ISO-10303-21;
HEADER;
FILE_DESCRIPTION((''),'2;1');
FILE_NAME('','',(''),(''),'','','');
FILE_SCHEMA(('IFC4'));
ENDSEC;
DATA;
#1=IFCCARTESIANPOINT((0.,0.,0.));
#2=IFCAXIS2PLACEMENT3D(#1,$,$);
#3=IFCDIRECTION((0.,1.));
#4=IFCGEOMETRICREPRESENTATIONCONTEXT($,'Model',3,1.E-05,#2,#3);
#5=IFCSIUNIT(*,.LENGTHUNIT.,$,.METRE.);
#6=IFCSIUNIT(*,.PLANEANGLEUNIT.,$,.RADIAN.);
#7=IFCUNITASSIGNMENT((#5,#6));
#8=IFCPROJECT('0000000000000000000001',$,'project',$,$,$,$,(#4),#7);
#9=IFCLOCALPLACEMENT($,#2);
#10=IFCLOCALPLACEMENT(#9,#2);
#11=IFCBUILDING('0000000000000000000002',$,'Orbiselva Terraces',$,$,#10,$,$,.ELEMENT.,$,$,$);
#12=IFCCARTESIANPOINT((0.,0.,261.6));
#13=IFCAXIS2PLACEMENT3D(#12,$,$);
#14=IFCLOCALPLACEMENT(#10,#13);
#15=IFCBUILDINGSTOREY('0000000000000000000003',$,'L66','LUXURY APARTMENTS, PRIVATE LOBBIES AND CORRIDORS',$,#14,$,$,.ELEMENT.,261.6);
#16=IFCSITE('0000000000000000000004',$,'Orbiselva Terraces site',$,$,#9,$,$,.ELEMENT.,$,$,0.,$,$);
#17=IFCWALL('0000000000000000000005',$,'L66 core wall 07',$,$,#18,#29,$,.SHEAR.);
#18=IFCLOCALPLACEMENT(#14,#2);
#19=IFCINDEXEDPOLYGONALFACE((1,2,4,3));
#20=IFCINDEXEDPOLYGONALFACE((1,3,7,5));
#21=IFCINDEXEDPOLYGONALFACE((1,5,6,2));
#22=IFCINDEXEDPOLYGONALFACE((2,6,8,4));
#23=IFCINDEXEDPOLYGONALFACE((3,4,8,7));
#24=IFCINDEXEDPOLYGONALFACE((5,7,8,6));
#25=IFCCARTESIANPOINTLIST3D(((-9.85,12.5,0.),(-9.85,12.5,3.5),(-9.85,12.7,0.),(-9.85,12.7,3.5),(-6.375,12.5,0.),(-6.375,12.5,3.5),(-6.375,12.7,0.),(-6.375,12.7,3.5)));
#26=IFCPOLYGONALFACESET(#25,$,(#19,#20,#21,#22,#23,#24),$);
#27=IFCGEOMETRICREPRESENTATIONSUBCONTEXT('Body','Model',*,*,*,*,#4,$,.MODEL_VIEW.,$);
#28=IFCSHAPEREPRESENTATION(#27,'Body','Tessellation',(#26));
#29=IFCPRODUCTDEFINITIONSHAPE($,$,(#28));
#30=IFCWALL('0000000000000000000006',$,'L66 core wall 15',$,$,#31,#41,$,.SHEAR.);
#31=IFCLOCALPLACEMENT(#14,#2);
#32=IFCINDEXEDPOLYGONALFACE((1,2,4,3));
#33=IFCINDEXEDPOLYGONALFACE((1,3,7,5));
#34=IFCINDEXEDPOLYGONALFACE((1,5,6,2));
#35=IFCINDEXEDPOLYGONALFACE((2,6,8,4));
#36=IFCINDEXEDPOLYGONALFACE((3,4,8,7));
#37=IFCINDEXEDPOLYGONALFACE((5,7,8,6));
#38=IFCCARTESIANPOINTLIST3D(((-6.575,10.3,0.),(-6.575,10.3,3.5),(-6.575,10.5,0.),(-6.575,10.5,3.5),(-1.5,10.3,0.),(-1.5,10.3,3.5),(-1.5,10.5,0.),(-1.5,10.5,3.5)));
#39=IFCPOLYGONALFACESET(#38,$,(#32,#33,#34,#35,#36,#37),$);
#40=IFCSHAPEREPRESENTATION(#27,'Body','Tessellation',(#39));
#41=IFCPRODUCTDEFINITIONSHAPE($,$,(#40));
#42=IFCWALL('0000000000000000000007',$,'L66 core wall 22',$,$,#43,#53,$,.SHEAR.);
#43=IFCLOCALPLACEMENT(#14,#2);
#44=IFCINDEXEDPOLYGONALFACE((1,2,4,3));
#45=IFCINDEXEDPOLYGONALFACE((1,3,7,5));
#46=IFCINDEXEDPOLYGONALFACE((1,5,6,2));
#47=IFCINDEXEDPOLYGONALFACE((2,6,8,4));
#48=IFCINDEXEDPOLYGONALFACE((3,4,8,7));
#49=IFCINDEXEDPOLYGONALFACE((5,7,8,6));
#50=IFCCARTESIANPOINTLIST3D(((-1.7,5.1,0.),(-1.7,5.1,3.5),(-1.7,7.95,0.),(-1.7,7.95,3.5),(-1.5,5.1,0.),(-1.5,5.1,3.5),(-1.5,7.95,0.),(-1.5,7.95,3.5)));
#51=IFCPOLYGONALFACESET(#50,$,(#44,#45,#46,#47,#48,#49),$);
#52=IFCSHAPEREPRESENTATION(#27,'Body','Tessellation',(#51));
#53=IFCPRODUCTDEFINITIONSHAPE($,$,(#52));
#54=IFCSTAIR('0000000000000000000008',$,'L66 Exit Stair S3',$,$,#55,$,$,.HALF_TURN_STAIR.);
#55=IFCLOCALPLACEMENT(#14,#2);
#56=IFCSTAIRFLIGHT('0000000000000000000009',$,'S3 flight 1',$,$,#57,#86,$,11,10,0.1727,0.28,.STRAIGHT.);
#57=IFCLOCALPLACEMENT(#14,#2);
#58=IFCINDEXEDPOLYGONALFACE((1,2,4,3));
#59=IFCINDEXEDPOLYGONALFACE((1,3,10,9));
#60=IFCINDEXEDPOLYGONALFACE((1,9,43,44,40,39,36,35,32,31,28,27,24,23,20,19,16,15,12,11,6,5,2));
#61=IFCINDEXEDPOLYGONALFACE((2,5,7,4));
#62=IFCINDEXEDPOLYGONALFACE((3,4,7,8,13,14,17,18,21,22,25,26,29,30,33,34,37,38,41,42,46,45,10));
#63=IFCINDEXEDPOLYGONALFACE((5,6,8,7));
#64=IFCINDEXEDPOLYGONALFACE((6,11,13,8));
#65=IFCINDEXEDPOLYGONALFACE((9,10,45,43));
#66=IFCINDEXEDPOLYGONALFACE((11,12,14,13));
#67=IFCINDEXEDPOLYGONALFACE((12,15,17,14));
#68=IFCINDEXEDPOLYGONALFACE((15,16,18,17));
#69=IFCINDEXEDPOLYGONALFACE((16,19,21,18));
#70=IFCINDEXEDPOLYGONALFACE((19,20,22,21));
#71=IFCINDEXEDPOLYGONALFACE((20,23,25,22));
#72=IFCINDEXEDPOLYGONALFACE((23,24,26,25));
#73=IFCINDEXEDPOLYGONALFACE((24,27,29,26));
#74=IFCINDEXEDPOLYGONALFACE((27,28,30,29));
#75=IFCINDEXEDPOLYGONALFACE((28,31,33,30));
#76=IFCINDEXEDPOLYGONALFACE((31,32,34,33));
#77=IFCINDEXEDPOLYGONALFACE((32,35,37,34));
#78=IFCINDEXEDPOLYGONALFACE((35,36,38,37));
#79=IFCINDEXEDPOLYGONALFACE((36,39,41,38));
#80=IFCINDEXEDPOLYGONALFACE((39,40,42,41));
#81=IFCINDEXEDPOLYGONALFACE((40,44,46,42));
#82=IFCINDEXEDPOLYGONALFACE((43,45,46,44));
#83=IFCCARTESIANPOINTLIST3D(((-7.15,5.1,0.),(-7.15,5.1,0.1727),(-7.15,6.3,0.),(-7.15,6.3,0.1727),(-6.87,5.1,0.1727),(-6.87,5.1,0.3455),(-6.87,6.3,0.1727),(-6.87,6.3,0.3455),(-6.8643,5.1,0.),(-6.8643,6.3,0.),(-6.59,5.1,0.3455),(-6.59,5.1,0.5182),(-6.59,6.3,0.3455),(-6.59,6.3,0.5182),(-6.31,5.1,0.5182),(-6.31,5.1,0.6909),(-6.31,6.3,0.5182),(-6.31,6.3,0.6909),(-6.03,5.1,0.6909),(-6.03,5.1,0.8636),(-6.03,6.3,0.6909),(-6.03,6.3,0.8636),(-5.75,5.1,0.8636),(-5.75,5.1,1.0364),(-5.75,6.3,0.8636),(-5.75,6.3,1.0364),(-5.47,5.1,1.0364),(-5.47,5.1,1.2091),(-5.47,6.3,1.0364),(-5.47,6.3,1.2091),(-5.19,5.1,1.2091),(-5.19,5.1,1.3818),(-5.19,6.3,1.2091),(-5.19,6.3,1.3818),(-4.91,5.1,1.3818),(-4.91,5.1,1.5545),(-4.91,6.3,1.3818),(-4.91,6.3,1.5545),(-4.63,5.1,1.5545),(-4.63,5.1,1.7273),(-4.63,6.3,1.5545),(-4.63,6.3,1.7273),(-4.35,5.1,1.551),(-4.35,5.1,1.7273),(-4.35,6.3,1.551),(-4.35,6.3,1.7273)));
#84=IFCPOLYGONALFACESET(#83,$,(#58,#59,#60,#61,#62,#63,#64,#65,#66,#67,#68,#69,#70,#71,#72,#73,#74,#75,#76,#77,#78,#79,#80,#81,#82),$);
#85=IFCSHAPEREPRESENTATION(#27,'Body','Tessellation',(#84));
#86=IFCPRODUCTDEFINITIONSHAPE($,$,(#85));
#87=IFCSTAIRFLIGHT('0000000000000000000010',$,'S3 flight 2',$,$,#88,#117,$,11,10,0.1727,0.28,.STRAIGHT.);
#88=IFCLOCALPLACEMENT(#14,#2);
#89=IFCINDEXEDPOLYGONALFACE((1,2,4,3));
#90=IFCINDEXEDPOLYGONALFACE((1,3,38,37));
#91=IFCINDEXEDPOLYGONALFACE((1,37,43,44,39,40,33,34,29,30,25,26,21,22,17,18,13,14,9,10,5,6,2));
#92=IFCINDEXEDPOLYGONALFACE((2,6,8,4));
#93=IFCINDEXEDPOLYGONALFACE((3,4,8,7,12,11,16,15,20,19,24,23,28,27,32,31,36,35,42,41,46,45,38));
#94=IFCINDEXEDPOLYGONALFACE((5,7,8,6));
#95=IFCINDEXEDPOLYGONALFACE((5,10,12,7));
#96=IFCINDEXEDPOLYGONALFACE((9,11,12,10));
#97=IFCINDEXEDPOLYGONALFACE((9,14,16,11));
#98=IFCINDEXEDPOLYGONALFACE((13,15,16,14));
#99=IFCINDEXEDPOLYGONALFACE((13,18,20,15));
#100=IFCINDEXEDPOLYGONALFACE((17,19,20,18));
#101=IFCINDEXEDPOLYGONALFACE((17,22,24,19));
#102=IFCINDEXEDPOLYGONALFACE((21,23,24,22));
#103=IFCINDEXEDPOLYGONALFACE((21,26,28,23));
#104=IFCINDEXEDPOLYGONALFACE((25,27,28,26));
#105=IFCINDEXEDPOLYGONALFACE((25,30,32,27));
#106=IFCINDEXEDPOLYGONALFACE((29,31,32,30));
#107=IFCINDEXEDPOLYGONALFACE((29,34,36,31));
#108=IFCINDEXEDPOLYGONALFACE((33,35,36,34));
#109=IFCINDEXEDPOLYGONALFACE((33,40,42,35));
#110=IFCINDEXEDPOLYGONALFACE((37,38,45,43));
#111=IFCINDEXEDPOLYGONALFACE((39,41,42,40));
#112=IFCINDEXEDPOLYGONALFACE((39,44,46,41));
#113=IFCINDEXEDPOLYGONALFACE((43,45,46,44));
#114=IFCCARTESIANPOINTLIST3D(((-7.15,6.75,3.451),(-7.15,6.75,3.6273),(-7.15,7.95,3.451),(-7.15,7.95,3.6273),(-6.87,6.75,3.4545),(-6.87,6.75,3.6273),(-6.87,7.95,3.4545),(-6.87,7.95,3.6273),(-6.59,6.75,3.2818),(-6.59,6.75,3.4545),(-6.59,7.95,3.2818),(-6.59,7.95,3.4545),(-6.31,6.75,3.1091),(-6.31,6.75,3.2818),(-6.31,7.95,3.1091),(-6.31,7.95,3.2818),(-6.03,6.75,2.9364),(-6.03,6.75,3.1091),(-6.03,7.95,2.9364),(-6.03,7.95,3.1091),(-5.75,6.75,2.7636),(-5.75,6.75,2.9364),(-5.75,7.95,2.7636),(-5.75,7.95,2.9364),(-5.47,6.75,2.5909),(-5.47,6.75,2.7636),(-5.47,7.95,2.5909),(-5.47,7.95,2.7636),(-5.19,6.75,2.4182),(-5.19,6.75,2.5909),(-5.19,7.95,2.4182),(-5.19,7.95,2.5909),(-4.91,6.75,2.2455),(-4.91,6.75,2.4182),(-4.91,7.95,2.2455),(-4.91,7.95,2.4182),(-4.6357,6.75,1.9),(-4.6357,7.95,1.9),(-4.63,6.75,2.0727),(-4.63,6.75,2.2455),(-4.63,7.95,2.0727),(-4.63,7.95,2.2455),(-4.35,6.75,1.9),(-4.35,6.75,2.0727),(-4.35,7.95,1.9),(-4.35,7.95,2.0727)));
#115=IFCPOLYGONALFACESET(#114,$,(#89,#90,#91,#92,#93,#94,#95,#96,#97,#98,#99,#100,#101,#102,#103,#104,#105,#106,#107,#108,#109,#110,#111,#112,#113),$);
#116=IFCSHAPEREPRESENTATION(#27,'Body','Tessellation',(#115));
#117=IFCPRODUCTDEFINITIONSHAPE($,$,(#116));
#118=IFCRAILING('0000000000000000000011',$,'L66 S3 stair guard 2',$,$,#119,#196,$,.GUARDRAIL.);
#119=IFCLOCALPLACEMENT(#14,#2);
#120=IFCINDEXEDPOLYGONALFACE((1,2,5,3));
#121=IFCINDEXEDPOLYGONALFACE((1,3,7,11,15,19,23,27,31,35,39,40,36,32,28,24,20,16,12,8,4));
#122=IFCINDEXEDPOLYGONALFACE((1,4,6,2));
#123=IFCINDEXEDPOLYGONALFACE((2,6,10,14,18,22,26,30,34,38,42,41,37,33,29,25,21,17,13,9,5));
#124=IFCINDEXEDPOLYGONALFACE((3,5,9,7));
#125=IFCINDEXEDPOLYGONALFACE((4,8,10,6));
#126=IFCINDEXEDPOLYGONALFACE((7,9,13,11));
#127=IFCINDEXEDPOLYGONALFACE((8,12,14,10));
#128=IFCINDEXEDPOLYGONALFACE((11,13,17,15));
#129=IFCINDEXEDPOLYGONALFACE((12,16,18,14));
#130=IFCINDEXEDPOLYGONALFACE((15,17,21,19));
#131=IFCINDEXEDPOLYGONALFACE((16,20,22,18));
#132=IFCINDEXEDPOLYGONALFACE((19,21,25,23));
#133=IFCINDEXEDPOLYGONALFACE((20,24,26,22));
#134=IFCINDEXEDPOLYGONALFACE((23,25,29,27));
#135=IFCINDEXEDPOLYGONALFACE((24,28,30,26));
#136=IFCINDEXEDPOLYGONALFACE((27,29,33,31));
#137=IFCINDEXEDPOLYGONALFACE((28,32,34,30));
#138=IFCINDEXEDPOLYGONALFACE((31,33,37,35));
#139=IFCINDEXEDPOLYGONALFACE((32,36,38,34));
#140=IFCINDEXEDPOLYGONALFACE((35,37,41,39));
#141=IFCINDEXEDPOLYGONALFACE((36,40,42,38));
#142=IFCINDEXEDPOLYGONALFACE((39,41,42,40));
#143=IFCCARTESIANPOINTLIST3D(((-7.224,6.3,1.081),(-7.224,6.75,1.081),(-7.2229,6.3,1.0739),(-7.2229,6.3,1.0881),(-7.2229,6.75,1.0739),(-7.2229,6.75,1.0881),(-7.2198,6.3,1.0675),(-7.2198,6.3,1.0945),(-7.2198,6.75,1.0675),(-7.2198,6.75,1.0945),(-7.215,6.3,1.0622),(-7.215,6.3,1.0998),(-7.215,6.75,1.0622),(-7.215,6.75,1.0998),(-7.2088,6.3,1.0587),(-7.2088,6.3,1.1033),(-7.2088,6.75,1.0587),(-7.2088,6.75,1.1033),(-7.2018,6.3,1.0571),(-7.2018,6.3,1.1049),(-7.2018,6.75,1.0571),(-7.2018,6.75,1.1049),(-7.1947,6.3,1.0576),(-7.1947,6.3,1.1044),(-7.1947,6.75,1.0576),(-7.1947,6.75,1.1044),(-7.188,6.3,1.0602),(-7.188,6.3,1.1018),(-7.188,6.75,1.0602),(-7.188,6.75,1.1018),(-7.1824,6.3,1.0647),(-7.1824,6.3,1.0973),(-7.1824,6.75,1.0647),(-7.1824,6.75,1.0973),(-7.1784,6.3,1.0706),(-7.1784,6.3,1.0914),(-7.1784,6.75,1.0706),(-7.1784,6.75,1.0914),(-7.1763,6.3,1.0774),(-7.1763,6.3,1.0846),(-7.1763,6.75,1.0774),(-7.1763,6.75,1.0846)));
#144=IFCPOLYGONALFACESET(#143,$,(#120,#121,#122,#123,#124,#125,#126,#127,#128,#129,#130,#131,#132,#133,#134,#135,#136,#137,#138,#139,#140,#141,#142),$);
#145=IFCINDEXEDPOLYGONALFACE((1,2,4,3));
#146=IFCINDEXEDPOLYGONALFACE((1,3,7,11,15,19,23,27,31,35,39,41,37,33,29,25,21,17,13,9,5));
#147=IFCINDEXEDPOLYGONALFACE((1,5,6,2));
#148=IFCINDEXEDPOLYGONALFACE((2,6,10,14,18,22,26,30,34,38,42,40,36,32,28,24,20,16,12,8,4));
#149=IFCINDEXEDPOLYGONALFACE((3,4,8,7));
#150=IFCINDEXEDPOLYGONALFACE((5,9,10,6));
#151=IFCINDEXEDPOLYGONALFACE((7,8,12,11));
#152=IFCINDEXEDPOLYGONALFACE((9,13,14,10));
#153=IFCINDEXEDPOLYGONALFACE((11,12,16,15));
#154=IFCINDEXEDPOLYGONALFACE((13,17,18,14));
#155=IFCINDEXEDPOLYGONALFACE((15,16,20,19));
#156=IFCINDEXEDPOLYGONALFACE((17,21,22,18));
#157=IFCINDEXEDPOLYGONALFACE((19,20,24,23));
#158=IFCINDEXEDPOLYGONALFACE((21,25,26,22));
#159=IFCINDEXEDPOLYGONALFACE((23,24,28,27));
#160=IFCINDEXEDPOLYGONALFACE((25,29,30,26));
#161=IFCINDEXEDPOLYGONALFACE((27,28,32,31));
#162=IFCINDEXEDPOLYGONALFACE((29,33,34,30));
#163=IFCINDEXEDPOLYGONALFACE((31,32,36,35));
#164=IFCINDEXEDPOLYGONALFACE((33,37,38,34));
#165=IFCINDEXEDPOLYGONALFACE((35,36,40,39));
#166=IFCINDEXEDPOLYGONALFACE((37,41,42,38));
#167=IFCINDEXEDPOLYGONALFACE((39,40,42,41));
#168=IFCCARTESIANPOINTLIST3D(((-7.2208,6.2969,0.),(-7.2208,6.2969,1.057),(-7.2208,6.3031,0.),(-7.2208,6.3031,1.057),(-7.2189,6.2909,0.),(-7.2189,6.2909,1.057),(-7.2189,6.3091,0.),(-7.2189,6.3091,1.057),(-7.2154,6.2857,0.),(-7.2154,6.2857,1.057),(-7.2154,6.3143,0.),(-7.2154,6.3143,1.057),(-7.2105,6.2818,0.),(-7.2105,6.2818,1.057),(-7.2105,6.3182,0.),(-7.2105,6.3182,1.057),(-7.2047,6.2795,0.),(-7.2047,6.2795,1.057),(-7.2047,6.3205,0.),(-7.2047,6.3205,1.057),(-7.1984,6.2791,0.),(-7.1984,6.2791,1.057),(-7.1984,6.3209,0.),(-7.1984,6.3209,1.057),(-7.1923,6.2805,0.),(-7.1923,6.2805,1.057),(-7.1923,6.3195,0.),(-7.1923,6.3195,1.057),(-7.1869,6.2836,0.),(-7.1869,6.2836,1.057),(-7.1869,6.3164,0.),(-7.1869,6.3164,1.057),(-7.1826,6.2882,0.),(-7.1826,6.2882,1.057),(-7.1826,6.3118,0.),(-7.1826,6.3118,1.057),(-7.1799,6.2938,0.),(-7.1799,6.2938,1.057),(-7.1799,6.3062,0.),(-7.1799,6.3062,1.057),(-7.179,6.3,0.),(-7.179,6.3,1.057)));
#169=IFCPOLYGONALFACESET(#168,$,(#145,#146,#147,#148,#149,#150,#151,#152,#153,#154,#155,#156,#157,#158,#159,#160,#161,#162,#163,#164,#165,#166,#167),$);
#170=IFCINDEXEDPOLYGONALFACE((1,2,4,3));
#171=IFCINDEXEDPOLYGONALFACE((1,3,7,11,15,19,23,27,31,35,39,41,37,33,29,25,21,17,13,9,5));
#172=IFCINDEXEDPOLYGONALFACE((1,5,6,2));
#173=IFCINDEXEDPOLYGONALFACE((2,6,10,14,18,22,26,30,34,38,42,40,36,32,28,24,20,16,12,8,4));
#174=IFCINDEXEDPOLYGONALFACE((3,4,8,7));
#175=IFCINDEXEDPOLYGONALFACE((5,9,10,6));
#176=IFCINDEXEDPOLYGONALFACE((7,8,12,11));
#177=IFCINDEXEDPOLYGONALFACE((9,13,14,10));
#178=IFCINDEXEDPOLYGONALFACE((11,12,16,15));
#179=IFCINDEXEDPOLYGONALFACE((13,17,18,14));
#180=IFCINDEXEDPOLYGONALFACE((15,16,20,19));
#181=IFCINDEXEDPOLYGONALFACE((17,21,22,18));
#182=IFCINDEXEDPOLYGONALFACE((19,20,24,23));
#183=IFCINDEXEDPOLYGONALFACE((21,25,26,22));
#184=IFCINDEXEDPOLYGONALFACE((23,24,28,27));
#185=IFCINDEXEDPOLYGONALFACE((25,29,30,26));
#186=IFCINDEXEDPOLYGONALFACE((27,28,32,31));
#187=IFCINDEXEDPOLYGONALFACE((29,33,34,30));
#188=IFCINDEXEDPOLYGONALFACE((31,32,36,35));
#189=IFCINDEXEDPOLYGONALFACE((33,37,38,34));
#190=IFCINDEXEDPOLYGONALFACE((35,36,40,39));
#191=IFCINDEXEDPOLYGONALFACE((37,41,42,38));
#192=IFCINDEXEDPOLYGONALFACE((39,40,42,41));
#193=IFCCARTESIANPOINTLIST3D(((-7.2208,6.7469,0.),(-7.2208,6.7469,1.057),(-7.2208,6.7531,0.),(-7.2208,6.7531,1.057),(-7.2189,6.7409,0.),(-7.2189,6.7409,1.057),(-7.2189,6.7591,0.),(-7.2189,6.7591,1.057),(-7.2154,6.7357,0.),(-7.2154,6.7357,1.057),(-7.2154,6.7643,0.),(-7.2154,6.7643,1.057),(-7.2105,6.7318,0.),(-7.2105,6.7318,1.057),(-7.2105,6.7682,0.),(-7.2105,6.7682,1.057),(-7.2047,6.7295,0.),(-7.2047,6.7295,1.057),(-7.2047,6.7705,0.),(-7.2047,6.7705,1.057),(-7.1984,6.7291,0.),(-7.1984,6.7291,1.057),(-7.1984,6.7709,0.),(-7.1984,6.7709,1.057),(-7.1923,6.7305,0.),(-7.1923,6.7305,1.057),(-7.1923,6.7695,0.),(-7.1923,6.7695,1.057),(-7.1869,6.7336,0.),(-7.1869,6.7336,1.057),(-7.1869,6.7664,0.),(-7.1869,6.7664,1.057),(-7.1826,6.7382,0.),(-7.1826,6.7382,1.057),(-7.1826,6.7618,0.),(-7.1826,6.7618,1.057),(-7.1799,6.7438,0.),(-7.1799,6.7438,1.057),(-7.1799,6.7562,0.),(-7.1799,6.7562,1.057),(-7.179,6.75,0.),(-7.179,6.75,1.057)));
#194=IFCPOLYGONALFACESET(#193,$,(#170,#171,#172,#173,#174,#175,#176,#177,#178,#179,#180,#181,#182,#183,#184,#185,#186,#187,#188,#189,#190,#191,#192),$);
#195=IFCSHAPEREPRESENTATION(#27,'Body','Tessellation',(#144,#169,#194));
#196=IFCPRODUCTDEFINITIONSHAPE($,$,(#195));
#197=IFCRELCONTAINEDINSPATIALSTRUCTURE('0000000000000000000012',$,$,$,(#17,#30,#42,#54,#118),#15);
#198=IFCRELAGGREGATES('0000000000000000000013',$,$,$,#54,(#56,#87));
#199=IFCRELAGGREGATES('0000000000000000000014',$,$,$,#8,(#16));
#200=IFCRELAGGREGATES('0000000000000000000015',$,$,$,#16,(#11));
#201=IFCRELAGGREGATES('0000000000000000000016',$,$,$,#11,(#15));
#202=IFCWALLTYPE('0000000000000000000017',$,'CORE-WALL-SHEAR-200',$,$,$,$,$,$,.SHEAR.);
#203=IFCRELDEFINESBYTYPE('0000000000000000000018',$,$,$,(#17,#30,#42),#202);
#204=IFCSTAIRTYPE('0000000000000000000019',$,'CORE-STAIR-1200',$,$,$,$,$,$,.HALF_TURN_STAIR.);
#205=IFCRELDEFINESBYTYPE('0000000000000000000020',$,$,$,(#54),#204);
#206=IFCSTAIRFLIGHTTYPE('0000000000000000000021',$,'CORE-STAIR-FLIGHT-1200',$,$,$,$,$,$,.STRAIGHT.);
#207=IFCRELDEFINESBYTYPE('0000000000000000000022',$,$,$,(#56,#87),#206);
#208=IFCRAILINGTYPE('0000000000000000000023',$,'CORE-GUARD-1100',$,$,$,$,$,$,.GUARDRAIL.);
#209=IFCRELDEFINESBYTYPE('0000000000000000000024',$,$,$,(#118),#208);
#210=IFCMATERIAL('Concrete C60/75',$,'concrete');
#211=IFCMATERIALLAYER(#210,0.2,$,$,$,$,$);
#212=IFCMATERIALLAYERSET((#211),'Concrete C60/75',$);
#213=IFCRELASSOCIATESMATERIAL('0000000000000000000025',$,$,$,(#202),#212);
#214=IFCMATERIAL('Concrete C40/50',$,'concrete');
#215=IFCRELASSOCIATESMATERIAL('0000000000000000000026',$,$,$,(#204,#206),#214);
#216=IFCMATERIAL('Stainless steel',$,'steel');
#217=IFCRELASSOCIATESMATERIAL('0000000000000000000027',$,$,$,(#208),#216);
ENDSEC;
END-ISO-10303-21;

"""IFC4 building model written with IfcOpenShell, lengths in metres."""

from ifc_helpers import new_model, si_unit, direction, frame, frame_2d, origin, origin_2d, place, context, subcontext, project, spatial, polyline, rectangle, circle, outline, extrude, material, layer, layer_set, type_object, element, aggregate, save


model = new_model("IFC4")

# Units and contexts
model_context = context("Model", 3, precision=1e-05, world=origin(), true_north=direction((0.0, 1.0)))
body_context = subcontext(model_context, "Body", "Model", "MODEL_VIEW")
ifc_project = project(units=[si_unit("LENGTHUNIT", "METRE"), si_unit("PLANEANGLEUNIT", "RADIAN")], contexts=[model_context])

# Site, building, storey
site_placement = place(None, origin())
site = spatial("IfcSite", under=ifc_project, at=site_placement, Name="Orbiselva Terraces site", CompositionType="ELEMENT", RefElevation=0.0)
building_placement = place(site_placement, origin())
building = spatial("IfcBuilding", under=site, at=building_placement, Name="Orbiselva Terraces", CompositionType="ELEMENT")
storey_placement = place(building_placement, frame((0.0, 0.0, 261.6)))
storey = spatial("IfcBuildingStorey", under=building, at=storey_placement, Name="L66", Description="LUXURY APARTMENTS, PRIVATE LOBBIES AND CORRIDORS", CompositionType="ELEMENT", Elevation=261.6)

# Walls
ifc_material_1 = material(Name="Concrete C60/75", Category="concrete")
ifc_layer_1 = layer(ifc_material_1, 0.2)
ifc_layer_set_1 = layer_set([ifc_layer_1], Name="Concrete C60/75")
wall_type_1 = type_object("IfcWallType", Name="CORE-WALL-SHEAR-200", PredefinedType="SHEAR", material=ifc_layer_set_1)
wall_1_placement = place(storey_placement, frame((-9.85, 12.6, 0.0), z_axis=(0.0, 0.0, 1.0), x_axis=(1.0, 0.0, 0.0)))
element("IfcWall", 1, at=wall_1_placement, inside=storey, type_object=wall_type_1, Name="L66 core wall 07", PredefinedType="SHEAR", context=body_context, shape_type="SweptSolid", body=[
    extrude(rectangle(XDim=3.475, YDim=0.2, at=frame_2d((1.7375, 0.0))), origin(), (0.0, 0.0, 1.0), 3.5),
])
wall_2_placement = place(storey_placement, frame((-6.575, 10.4, 0.0), z_axis=(0.0, 0.0, 1.0), x_axis=(1.0, 0.0, 0.0)))
element("IfcWall", 2, at=wall_2_placement, inside=storey, type_object=wall_type_1, Name="L66 core wall 15", PredefinedType="SHEAR", context=body_context, shape_type="SweptSolid", body=[
    extrude(rectangle(XDim=5.075, YDim=0.2, at=frame_2d((2.5375, 0.0))), origin(), (0.0, 0.0, 1.0), 3.5),
])
wall_3_placement = place(storey_placement, frame((-1.6, 5.1, 0.0), z_axis=(0.0, 0.0, 1.0), x_axis=(0.0, 1.0, 0.0)))
element("IfcWall", 3, at=wall_3_placement, inside=storey, type_object=wall_type_1, Name="L66 core wall 22", PredefinedType="SHEAR", context=body_context, shape_type="SweptSolid", body=[
    extrude(rectangle(XDim=2.85, YDim=0.2, at=frame_2d((1.425, 0.0))), origin(), (0.0, 0.0, 1.0), 3.5),
])

# Stair, stair flights
ifc_material_2 = material(Name="Concrete C40/50", Category="concrete")
stair_type = type_object("IfcStairType", Name="CORE-STAIR-1200", PredefinedType="HALF_TURN_STAIR", material=ifc_material_2)
stair_placement = place(storey_placement, origin())
stair = element("IfcStair", 4, at=stair_placement, inside=storey, type_object=stair_type, Name="L66 Exit Stair S3", PredefinedType="HALF_TURN_STAIR")
stair_flight_type = type_object("IfcStairFlightType", Name="CORE-STAIR-FLIGHT-1200", PredefinedType="STRAIGHT", material=ifc_material_2)
stair_flight_1_placement = place(storey_placement, frame((-7.15, 5.7, 0.0), z_axis=(0.0, 0.0, 1.0), x_axis=(1.0, 0.0, 0.0)))
stair_flight_1 = element("IfcStairFlight", 5, at=stair_flight_1_placement, type_object=stair_flight_type, Name="S3 flight 1", NumberOfRisers=11, NumberOfTreads=10, PredefinedType="STRAIGHT", RiserHeight=0.1727, TreadLength=0.28, context=body_context, shape_type="SweptSolid", body=[
    extrude(outline(polyline([(0.0, 0.0), (0.0, 0.1727), (0.28, 0.1727), (0.28, 0.3455), (0.56, 0.3455), (0.56, 0.5182), (0.84, 0.5182), (0.84, 0.6909), (1.12, 0.6909), (1.12, 0.8636), (1.4, 0.8636), (1.4, 1.0364), (1.68, 1.0364), (1.68, 1.2091), (1.96, 1.2091), (1.96, 1.3818), (2.24, 1.3818), (2.24, 1.5545), (2.52, 1.5545), (2.52, 1.7273), (2.8, 1.7273), (2.8, 1.9), (2.8, 1.551), (0.2857, 0.0), (0.0, 0.0)])), frame((0.0, 0.6, 0.0), z_axis=(0.0, -1.0, 0.0), x_axis=(1.0, 0.0, 0.0)), (0.0, 0.0, 1.0), 1.2),
])
stair_flight_2_placement = place(storey_placement, frame((-4.35, 7.35, 1.9), z_axis=(0.0, 0.0, 1.0), x_axis=(-1.0, 0.0, 0.0)))
stair_flight_2 = element("IfcStairFlight", 6, at=stair_flight_2_placement, type_object=stair_flight_type, Name="S3 flight 2", NumberOfRisers=11, NumberOfTreads=10, PredefinedType="STRAIGHT", RiserHeight=0.1727, TreadLength=0.28, context=body_context, shape_type="SweptSolid", body=[
    extrude(outline(polyline([(0.0, 0.0), (0.0, 0.1727), (0.28, 0.1727), (0.28, 0.3455), (0.56, 0.3455), (0.56, 0.5182), (0.84, 0.5182), (0.84, 0.6909), (1.12, 0.6909), (1.12, 0.8636), (1.4, 0.8636), (1.4, 1.0364), (1.68, 1.0364), (1.68, 1.2091), (1.96, 1.2091), (1.96, 1.3818), (2.24, 1.3818), (2.24, 1.5545), (2.52, 1.5545), (2.52, 1.7273), (2.8, 1.7273), (2.8, 1.9), (2.8, 1.551), (0.2857, 0.0), (0.0, 0.0)])), frame((0.0, 0.6, 0.0), z_axis=(0.0, -1.0, 0.0), x_axis=(1.0, 0.0, 0.0)), (0.0, 0.0, 1.0), 1.2),
])
aggregate(stair, [stair_flight_1, stair_flight_2])

# Railing
ifc_material_3 = material(Name="Stainless steel", Category="steel")
railing_type_1 = type_object("IfcRailingType", Name="CORE-GUARD-1100", PredefinedType="GUARDRAIL", material=ifc_material_3)
railing_1_placement = place(storey_placement, frame((-7.2, 6.3, 0.0)))
element("IfcRailing", 7, at=railing_1_placement, inside=storey, type_object=railing_type_1, Name="L66 S3 stair guard 2", PredefinedType="GUARDRAIL", context=body_context, shape_type="SweptSolid", body=[
    extrude(circle(Radius=0.024, at=origin_2d()), frame((0.0, 0.0, 1.081), z_axis=(0.0, 1.0, 0.0), x_axis=(-1.0, 0.0, 0.0)), (0.0, 0.0, 1.0), 0.45),
    extrude(circle(Radius=0.021, at=origin_2d()), origin(), (0.0, 0.0, 1.0), 1.057),
    extrude(circle(Radius=0.021, at=origin_2d()), frame((0.0, 0.45, 0.0)), (0.0, 0.0, 1.0), 1.057),
])

save(model, "model.ifc")
